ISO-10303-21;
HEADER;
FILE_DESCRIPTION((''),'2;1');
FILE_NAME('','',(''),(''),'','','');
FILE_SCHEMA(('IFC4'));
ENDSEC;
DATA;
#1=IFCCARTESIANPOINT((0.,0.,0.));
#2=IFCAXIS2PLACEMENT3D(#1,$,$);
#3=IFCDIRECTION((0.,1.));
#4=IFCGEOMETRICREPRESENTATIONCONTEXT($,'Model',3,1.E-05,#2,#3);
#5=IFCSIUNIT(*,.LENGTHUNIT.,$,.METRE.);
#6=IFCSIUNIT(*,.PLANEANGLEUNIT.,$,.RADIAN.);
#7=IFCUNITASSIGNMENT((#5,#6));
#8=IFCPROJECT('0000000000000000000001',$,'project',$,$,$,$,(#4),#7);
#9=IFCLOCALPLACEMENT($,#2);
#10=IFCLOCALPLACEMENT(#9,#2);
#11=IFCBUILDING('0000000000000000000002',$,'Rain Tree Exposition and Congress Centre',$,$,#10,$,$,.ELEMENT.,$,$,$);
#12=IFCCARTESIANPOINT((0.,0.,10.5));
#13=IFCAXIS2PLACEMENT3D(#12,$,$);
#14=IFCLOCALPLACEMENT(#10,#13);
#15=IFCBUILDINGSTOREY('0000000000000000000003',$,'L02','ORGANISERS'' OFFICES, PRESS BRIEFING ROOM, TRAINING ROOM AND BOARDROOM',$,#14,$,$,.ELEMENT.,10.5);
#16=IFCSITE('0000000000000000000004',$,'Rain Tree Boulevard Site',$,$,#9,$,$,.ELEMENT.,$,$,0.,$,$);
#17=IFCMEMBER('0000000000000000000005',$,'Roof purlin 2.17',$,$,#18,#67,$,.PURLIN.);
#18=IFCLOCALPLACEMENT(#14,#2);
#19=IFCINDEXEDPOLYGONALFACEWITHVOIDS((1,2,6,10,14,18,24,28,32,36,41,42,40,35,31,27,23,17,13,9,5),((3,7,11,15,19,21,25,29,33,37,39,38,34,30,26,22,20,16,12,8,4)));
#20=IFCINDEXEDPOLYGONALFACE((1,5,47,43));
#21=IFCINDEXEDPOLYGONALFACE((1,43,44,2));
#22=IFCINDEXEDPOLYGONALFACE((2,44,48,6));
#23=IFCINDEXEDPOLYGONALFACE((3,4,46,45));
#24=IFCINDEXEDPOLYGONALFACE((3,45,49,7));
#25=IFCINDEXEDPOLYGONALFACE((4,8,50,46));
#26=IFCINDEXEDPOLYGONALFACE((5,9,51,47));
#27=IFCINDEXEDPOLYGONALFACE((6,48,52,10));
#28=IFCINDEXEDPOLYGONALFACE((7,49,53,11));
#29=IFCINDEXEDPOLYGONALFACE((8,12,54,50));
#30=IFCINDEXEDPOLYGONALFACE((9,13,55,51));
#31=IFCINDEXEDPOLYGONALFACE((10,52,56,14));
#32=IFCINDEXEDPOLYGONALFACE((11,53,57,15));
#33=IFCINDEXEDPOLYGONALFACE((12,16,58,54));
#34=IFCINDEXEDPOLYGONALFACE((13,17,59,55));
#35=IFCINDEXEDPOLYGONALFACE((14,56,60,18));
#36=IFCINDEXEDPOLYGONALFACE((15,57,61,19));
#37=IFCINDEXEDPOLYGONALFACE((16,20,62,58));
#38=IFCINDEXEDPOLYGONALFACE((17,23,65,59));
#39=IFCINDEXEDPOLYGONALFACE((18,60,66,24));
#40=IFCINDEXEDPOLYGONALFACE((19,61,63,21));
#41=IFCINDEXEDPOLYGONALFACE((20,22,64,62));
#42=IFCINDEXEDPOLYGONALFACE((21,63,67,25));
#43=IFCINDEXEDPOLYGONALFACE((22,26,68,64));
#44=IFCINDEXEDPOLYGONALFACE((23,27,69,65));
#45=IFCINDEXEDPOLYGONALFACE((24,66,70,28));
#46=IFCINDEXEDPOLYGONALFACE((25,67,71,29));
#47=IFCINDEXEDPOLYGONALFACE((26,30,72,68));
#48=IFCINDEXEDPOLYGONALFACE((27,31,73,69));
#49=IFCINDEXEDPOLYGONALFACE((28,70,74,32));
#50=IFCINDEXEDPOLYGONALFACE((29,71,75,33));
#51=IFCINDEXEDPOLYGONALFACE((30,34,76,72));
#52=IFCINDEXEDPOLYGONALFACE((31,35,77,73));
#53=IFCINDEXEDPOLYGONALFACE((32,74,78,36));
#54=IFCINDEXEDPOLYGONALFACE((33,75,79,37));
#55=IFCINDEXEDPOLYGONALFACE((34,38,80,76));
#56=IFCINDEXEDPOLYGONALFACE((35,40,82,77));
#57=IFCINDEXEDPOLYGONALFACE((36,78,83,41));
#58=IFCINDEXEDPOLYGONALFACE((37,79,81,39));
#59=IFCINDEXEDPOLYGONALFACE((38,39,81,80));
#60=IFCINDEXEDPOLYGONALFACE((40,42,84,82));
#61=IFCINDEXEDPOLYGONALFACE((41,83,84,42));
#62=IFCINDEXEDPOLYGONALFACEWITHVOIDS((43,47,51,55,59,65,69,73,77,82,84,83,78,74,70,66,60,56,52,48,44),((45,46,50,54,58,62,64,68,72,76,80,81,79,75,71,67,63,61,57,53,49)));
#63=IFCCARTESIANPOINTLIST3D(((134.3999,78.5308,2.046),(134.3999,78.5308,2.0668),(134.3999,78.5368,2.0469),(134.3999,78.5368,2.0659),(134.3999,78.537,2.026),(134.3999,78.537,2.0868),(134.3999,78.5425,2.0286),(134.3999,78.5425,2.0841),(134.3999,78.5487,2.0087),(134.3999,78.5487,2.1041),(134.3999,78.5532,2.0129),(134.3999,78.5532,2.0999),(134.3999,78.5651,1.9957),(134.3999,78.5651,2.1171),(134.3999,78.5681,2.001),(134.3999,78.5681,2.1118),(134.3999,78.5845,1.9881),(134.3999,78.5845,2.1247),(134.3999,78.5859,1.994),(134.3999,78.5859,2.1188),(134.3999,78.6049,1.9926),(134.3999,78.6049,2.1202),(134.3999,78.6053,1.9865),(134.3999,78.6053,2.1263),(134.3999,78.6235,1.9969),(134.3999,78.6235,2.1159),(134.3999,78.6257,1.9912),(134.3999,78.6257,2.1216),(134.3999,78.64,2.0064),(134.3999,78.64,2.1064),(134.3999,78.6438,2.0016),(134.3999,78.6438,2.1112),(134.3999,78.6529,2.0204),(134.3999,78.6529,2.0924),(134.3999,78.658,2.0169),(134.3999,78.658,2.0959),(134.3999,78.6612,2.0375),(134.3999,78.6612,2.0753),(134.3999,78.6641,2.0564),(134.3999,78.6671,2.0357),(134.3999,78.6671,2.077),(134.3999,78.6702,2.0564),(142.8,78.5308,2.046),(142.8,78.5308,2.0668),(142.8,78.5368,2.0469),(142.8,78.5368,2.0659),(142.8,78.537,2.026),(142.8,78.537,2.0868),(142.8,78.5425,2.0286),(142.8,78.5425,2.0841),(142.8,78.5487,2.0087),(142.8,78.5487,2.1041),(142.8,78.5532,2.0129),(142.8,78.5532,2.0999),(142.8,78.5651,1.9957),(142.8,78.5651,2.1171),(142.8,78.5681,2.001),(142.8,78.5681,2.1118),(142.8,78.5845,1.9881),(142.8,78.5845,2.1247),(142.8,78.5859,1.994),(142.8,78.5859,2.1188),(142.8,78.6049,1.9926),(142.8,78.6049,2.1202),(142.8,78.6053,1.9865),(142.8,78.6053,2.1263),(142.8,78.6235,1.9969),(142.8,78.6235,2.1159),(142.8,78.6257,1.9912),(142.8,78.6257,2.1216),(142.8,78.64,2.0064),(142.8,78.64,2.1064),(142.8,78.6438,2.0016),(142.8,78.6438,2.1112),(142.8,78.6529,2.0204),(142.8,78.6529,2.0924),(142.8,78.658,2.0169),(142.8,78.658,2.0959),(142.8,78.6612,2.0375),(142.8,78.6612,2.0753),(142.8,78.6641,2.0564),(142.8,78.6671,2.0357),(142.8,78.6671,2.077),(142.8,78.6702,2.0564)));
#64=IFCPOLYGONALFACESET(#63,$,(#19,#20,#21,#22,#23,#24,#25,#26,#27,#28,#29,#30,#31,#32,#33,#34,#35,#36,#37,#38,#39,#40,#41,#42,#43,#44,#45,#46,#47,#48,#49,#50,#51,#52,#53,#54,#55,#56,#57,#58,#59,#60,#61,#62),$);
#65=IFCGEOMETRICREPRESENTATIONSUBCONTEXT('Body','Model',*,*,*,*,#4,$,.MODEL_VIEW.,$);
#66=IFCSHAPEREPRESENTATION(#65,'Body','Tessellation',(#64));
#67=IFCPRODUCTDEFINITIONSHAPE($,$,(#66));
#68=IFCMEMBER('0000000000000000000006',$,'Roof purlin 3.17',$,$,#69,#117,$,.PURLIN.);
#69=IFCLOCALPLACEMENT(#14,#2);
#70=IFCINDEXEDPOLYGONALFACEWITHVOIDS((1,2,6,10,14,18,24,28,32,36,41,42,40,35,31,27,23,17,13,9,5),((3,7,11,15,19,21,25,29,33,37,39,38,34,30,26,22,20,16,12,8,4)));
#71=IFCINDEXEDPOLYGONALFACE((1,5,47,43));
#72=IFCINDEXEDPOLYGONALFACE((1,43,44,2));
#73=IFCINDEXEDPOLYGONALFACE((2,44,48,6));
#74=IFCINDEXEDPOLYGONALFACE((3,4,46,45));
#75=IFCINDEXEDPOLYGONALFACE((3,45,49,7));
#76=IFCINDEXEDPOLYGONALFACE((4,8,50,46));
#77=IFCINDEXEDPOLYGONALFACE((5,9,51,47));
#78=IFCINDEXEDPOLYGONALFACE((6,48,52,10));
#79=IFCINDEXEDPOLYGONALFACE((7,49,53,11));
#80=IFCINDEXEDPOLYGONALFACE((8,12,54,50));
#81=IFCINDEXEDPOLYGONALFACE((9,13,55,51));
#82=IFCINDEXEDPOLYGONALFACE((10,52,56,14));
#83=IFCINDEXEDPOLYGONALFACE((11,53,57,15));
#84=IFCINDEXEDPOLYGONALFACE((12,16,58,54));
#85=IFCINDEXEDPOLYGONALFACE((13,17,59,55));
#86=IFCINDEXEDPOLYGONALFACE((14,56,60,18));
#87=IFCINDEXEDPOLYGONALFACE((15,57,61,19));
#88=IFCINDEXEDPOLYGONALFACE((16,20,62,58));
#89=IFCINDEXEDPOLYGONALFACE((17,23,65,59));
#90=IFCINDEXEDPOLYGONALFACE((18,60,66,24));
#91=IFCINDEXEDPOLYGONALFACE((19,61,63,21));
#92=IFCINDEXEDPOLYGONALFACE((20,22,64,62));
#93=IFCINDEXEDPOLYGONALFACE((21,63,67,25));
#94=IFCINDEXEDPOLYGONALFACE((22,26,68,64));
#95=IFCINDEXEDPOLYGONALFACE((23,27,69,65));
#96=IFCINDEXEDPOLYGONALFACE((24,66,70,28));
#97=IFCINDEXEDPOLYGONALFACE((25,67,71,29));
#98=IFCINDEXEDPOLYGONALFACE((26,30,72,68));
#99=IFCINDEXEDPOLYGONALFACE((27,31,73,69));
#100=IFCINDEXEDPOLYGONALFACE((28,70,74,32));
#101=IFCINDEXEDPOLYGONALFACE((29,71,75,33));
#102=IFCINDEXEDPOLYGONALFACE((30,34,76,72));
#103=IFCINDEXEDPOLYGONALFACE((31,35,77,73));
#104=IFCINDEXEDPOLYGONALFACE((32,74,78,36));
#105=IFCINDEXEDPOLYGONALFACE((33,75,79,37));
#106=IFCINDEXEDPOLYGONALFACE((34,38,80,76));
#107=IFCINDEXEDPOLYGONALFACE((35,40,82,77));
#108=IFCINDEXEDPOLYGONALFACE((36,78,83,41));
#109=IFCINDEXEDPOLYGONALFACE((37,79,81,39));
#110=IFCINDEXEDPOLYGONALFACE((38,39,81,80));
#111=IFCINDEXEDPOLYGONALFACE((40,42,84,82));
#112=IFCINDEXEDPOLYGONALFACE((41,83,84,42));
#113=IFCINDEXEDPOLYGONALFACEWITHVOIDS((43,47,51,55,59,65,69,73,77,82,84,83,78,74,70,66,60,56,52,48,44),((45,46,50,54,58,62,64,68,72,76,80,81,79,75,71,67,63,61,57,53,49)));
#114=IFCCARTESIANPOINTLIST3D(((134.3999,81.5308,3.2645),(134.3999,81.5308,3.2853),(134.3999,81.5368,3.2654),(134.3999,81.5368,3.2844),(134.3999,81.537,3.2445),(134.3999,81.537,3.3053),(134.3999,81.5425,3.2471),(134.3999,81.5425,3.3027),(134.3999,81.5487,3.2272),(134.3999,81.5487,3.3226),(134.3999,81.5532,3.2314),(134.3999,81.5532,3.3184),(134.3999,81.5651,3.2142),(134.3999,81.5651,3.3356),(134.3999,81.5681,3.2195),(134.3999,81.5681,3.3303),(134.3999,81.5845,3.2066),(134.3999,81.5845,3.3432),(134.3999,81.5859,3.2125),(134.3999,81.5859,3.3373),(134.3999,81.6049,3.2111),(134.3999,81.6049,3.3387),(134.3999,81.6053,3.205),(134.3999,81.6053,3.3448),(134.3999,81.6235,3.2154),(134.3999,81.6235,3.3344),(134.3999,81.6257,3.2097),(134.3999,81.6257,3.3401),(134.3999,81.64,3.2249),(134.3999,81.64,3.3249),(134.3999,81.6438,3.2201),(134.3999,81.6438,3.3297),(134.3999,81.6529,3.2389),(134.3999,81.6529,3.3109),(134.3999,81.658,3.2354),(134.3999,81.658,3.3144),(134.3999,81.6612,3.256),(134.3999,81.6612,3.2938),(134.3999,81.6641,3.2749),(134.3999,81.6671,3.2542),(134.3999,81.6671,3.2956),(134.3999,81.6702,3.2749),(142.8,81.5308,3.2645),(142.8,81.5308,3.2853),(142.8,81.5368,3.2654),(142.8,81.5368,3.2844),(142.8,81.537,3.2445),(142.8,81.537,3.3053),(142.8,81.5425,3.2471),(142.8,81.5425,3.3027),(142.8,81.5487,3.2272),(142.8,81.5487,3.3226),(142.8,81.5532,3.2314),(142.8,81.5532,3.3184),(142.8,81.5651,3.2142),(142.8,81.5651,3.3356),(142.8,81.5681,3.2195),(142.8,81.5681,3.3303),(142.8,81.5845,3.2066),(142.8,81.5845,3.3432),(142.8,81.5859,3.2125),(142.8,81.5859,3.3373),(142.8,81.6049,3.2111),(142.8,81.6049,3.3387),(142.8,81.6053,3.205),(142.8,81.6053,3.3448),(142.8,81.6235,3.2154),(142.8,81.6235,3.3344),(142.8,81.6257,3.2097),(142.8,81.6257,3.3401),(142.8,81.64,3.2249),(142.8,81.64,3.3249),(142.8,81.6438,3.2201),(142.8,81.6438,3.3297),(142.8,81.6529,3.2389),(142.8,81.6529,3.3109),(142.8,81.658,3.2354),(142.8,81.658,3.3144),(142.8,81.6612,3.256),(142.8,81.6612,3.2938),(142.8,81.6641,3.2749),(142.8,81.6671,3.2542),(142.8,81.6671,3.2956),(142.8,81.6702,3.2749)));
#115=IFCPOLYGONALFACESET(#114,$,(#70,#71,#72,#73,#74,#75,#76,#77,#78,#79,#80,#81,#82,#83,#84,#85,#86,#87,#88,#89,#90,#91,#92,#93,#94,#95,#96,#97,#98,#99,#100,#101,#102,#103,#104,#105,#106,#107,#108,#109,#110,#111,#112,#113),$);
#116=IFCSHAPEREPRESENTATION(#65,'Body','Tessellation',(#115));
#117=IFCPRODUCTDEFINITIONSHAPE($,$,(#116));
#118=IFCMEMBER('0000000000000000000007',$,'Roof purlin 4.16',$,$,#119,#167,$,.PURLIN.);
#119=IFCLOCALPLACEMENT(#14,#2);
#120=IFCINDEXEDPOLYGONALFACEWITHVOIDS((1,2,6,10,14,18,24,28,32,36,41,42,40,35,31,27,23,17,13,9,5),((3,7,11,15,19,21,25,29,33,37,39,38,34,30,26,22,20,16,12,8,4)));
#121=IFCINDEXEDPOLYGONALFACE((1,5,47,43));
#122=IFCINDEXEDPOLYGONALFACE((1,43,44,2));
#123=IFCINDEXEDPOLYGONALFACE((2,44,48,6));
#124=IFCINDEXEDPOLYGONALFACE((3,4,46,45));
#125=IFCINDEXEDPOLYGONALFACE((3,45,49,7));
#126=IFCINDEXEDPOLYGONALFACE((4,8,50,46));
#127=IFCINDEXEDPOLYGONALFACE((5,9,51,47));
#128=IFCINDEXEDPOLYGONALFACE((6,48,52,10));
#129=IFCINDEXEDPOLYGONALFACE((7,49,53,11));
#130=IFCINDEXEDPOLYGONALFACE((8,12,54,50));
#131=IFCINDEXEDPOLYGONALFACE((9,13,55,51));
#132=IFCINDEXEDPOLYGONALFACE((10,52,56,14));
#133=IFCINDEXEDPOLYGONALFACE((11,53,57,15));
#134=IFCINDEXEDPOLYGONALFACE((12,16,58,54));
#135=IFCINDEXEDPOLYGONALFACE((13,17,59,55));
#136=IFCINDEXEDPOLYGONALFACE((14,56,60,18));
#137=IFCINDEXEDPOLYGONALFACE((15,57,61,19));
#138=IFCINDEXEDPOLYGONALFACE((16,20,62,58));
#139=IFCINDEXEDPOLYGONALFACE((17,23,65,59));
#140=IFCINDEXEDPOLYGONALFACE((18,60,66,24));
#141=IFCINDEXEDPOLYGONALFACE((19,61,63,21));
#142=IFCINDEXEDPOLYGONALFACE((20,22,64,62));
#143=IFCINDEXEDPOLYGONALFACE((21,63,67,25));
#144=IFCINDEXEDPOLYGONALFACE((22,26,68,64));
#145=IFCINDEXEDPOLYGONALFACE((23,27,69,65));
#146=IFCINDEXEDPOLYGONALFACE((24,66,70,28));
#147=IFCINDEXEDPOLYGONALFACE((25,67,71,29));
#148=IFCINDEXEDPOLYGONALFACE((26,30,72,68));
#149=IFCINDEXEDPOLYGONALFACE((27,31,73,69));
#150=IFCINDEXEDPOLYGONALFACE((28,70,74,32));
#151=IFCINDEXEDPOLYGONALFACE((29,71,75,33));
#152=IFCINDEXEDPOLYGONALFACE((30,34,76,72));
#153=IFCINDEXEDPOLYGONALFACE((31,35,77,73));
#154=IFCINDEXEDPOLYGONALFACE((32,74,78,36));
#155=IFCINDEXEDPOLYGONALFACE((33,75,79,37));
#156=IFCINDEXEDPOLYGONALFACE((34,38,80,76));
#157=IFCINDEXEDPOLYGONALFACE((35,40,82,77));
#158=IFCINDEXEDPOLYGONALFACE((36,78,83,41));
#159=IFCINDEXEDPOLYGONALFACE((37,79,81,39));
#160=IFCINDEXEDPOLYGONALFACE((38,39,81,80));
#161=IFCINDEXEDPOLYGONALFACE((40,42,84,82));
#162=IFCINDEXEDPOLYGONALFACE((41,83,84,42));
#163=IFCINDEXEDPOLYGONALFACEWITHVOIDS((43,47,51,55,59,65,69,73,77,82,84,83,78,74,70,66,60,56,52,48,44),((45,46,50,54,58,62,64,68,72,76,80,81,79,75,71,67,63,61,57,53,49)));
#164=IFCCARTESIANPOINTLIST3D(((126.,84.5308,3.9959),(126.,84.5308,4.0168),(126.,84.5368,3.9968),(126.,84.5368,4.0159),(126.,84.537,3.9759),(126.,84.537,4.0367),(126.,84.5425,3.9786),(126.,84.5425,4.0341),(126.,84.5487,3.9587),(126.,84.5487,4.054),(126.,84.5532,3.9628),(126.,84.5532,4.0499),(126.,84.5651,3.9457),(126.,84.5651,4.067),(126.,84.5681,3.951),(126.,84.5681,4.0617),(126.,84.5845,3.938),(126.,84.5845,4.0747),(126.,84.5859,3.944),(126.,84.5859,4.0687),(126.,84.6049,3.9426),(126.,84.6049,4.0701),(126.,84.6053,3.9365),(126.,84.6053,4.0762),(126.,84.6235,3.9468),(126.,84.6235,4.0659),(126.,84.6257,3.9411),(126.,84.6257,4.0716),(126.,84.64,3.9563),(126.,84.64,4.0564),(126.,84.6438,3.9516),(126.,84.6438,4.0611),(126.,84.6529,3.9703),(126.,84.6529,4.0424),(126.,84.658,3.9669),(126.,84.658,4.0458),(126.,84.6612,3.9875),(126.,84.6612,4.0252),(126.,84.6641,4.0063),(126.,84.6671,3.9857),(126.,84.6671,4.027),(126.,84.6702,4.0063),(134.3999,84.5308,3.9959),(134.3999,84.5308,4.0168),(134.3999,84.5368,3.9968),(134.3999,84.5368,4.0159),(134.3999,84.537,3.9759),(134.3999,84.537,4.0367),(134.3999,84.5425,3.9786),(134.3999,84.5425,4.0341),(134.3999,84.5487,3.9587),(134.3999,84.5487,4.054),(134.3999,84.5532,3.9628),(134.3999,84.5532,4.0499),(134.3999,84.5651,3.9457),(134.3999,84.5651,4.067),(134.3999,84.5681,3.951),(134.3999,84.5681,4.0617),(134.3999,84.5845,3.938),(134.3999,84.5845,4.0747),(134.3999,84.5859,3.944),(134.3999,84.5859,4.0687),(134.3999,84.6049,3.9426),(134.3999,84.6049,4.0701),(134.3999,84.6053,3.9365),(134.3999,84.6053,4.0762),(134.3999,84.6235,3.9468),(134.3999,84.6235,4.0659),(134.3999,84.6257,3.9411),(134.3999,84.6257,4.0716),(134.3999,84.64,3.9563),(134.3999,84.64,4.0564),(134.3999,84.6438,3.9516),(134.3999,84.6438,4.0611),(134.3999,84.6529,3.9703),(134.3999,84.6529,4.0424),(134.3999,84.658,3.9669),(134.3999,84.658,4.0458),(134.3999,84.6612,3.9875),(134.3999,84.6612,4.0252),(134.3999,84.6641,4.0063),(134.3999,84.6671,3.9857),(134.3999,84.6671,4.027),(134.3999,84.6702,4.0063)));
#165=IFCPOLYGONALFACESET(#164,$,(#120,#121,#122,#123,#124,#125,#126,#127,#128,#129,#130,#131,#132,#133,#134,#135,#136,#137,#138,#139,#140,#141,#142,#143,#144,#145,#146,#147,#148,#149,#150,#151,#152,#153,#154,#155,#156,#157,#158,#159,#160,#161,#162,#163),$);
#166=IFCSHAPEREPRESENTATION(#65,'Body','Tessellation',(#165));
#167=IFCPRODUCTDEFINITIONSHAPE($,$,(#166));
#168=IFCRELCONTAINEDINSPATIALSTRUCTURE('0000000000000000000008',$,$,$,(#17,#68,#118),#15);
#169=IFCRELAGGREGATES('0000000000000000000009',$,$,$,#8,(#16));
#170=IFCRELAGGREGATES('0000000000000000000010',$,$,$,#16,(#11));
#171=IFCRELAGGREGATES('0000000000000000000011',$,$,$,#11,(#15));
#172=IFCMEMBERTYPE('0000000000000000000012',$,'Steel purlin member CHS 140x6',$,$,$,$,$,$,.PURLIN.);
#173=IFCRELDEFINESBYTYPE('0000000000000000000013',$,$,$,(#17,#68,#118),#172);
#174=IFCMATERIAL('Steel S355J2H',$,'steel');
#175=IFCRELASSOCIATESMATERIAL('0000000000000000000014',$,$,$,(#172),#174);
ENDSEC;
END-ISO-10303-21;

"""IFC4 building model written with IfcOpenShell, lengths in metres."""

from ifc_helpers import new_model, si_unit, direction, frame, origin, origin_2d, place, context, subcontext, project, spatial, hollow_circle, extrude, material, material_profile, profile_set, type_object, element, save


model = new_model("IFC4")

# Units and contexts
model_context = context("Model", 3, precision=1e-05, world=origin(), true_north=direction((0.0, 1.0)))
body_context = subcontext(model_context, "Body", "Model", "MODEL_VIEW")
ifc_project = project(units=[si_unit("LENGTHUNIT", "METRE"), si_unit("PLANEANGLEUNIT", "RADIAN")], contexts=[model_context])

# Site, building, storey
site_placement = place(None, origin())
site = spatial("IfcSite", under=ifc_project, at=site_placement, Name="Rain Tree Boulevard Site", CompositionType="ELEMENT", RefElevation=0.0)
building_placement = place(site_placement, origin())
building = spatial("IfcBuilding", under=site, at=building_placement, Name="Rain Tree Exposition and Congress Centre", CompositionType="ELEMENT")
storey_placement = place(building_placement, frame((0.0, 0.0, 10.5)))
storey = spatial("IfcBuildingStorey", under=building, at=storey_placement, Name="L02", Description="ORGANISERS' OFFICES, PRESS BRIEFING ROOM, TRAINING ROOM AND BOARDROOM", CompositionType="ELEMENT", Elevation=10.5)

# Members
ifc_material_1 = material(Name="Steel S355J2H", Category="steel")
ifc_material_profile_1 = material_profile(ifc_material_1, hollow_circle(Radius=0.0701, WallThickness=0.0061, at=origin_2d()), Name="CHS 140x6")
ifc_profile_set_1 = profile_set([ifc_material_profile_1], Name="Steel S355J2H")
member_type_1 = type_object("IfcMemberType", Name="Steel purlin member CHS 140x6", PredefinedType="PURLIN", material=ifc_profile_set_1)
for number, where, z_axis, x_axis, name in (
    (1, (134.3999, 78.6001, 2.0564), (1.0, 0.0, 0.0), (0.0, 1.0, 0.0), "Roof purlin 2.17"),
    (2, (134.3999, 81.6001, 3.2749), (1.0, 0.0, 0.0), (0.0, 1.0, 0.0), "Roof purlin 3.17"),
):
    element("IfcMember", number, at=place(storey_placement, frame(where, z_axis=z_axis, x_axis=x_axis)), inside=storey, type_object=member_type_1, Name=name, PredefinedType="PURLIN", context=body_context, shape_type="SweptSolid", body=[
        extrude(hollow_circle(Radius=0.0701, WallThickness=0.0061, at=origin_2d()), origin(), (0.0, 0.0, 1.0), 8.4001),
    ])
member_1_placement = place(storey_placement, frame((126.0, 84.6001, 4.0063), z_axis=(1.0, 0.0, 0.0), x_axis=(0.0, 1.0, 0.0)))
element("IfcMember", 3, at=member_1_placement, inside=storey, type_object=member_type_1, Name="Roof purlin 4.16", PredefinedType="PURLIN", context=body_context, shape_type="SweptSolid", body=[
    extrude(hollow_circle(Radius=0.0701, WallThickness=0.0061, at=origin_2d()), origin(), (0.0, 0.0, 1.0), 8.3999),
])

save(model, "model.ifc")
